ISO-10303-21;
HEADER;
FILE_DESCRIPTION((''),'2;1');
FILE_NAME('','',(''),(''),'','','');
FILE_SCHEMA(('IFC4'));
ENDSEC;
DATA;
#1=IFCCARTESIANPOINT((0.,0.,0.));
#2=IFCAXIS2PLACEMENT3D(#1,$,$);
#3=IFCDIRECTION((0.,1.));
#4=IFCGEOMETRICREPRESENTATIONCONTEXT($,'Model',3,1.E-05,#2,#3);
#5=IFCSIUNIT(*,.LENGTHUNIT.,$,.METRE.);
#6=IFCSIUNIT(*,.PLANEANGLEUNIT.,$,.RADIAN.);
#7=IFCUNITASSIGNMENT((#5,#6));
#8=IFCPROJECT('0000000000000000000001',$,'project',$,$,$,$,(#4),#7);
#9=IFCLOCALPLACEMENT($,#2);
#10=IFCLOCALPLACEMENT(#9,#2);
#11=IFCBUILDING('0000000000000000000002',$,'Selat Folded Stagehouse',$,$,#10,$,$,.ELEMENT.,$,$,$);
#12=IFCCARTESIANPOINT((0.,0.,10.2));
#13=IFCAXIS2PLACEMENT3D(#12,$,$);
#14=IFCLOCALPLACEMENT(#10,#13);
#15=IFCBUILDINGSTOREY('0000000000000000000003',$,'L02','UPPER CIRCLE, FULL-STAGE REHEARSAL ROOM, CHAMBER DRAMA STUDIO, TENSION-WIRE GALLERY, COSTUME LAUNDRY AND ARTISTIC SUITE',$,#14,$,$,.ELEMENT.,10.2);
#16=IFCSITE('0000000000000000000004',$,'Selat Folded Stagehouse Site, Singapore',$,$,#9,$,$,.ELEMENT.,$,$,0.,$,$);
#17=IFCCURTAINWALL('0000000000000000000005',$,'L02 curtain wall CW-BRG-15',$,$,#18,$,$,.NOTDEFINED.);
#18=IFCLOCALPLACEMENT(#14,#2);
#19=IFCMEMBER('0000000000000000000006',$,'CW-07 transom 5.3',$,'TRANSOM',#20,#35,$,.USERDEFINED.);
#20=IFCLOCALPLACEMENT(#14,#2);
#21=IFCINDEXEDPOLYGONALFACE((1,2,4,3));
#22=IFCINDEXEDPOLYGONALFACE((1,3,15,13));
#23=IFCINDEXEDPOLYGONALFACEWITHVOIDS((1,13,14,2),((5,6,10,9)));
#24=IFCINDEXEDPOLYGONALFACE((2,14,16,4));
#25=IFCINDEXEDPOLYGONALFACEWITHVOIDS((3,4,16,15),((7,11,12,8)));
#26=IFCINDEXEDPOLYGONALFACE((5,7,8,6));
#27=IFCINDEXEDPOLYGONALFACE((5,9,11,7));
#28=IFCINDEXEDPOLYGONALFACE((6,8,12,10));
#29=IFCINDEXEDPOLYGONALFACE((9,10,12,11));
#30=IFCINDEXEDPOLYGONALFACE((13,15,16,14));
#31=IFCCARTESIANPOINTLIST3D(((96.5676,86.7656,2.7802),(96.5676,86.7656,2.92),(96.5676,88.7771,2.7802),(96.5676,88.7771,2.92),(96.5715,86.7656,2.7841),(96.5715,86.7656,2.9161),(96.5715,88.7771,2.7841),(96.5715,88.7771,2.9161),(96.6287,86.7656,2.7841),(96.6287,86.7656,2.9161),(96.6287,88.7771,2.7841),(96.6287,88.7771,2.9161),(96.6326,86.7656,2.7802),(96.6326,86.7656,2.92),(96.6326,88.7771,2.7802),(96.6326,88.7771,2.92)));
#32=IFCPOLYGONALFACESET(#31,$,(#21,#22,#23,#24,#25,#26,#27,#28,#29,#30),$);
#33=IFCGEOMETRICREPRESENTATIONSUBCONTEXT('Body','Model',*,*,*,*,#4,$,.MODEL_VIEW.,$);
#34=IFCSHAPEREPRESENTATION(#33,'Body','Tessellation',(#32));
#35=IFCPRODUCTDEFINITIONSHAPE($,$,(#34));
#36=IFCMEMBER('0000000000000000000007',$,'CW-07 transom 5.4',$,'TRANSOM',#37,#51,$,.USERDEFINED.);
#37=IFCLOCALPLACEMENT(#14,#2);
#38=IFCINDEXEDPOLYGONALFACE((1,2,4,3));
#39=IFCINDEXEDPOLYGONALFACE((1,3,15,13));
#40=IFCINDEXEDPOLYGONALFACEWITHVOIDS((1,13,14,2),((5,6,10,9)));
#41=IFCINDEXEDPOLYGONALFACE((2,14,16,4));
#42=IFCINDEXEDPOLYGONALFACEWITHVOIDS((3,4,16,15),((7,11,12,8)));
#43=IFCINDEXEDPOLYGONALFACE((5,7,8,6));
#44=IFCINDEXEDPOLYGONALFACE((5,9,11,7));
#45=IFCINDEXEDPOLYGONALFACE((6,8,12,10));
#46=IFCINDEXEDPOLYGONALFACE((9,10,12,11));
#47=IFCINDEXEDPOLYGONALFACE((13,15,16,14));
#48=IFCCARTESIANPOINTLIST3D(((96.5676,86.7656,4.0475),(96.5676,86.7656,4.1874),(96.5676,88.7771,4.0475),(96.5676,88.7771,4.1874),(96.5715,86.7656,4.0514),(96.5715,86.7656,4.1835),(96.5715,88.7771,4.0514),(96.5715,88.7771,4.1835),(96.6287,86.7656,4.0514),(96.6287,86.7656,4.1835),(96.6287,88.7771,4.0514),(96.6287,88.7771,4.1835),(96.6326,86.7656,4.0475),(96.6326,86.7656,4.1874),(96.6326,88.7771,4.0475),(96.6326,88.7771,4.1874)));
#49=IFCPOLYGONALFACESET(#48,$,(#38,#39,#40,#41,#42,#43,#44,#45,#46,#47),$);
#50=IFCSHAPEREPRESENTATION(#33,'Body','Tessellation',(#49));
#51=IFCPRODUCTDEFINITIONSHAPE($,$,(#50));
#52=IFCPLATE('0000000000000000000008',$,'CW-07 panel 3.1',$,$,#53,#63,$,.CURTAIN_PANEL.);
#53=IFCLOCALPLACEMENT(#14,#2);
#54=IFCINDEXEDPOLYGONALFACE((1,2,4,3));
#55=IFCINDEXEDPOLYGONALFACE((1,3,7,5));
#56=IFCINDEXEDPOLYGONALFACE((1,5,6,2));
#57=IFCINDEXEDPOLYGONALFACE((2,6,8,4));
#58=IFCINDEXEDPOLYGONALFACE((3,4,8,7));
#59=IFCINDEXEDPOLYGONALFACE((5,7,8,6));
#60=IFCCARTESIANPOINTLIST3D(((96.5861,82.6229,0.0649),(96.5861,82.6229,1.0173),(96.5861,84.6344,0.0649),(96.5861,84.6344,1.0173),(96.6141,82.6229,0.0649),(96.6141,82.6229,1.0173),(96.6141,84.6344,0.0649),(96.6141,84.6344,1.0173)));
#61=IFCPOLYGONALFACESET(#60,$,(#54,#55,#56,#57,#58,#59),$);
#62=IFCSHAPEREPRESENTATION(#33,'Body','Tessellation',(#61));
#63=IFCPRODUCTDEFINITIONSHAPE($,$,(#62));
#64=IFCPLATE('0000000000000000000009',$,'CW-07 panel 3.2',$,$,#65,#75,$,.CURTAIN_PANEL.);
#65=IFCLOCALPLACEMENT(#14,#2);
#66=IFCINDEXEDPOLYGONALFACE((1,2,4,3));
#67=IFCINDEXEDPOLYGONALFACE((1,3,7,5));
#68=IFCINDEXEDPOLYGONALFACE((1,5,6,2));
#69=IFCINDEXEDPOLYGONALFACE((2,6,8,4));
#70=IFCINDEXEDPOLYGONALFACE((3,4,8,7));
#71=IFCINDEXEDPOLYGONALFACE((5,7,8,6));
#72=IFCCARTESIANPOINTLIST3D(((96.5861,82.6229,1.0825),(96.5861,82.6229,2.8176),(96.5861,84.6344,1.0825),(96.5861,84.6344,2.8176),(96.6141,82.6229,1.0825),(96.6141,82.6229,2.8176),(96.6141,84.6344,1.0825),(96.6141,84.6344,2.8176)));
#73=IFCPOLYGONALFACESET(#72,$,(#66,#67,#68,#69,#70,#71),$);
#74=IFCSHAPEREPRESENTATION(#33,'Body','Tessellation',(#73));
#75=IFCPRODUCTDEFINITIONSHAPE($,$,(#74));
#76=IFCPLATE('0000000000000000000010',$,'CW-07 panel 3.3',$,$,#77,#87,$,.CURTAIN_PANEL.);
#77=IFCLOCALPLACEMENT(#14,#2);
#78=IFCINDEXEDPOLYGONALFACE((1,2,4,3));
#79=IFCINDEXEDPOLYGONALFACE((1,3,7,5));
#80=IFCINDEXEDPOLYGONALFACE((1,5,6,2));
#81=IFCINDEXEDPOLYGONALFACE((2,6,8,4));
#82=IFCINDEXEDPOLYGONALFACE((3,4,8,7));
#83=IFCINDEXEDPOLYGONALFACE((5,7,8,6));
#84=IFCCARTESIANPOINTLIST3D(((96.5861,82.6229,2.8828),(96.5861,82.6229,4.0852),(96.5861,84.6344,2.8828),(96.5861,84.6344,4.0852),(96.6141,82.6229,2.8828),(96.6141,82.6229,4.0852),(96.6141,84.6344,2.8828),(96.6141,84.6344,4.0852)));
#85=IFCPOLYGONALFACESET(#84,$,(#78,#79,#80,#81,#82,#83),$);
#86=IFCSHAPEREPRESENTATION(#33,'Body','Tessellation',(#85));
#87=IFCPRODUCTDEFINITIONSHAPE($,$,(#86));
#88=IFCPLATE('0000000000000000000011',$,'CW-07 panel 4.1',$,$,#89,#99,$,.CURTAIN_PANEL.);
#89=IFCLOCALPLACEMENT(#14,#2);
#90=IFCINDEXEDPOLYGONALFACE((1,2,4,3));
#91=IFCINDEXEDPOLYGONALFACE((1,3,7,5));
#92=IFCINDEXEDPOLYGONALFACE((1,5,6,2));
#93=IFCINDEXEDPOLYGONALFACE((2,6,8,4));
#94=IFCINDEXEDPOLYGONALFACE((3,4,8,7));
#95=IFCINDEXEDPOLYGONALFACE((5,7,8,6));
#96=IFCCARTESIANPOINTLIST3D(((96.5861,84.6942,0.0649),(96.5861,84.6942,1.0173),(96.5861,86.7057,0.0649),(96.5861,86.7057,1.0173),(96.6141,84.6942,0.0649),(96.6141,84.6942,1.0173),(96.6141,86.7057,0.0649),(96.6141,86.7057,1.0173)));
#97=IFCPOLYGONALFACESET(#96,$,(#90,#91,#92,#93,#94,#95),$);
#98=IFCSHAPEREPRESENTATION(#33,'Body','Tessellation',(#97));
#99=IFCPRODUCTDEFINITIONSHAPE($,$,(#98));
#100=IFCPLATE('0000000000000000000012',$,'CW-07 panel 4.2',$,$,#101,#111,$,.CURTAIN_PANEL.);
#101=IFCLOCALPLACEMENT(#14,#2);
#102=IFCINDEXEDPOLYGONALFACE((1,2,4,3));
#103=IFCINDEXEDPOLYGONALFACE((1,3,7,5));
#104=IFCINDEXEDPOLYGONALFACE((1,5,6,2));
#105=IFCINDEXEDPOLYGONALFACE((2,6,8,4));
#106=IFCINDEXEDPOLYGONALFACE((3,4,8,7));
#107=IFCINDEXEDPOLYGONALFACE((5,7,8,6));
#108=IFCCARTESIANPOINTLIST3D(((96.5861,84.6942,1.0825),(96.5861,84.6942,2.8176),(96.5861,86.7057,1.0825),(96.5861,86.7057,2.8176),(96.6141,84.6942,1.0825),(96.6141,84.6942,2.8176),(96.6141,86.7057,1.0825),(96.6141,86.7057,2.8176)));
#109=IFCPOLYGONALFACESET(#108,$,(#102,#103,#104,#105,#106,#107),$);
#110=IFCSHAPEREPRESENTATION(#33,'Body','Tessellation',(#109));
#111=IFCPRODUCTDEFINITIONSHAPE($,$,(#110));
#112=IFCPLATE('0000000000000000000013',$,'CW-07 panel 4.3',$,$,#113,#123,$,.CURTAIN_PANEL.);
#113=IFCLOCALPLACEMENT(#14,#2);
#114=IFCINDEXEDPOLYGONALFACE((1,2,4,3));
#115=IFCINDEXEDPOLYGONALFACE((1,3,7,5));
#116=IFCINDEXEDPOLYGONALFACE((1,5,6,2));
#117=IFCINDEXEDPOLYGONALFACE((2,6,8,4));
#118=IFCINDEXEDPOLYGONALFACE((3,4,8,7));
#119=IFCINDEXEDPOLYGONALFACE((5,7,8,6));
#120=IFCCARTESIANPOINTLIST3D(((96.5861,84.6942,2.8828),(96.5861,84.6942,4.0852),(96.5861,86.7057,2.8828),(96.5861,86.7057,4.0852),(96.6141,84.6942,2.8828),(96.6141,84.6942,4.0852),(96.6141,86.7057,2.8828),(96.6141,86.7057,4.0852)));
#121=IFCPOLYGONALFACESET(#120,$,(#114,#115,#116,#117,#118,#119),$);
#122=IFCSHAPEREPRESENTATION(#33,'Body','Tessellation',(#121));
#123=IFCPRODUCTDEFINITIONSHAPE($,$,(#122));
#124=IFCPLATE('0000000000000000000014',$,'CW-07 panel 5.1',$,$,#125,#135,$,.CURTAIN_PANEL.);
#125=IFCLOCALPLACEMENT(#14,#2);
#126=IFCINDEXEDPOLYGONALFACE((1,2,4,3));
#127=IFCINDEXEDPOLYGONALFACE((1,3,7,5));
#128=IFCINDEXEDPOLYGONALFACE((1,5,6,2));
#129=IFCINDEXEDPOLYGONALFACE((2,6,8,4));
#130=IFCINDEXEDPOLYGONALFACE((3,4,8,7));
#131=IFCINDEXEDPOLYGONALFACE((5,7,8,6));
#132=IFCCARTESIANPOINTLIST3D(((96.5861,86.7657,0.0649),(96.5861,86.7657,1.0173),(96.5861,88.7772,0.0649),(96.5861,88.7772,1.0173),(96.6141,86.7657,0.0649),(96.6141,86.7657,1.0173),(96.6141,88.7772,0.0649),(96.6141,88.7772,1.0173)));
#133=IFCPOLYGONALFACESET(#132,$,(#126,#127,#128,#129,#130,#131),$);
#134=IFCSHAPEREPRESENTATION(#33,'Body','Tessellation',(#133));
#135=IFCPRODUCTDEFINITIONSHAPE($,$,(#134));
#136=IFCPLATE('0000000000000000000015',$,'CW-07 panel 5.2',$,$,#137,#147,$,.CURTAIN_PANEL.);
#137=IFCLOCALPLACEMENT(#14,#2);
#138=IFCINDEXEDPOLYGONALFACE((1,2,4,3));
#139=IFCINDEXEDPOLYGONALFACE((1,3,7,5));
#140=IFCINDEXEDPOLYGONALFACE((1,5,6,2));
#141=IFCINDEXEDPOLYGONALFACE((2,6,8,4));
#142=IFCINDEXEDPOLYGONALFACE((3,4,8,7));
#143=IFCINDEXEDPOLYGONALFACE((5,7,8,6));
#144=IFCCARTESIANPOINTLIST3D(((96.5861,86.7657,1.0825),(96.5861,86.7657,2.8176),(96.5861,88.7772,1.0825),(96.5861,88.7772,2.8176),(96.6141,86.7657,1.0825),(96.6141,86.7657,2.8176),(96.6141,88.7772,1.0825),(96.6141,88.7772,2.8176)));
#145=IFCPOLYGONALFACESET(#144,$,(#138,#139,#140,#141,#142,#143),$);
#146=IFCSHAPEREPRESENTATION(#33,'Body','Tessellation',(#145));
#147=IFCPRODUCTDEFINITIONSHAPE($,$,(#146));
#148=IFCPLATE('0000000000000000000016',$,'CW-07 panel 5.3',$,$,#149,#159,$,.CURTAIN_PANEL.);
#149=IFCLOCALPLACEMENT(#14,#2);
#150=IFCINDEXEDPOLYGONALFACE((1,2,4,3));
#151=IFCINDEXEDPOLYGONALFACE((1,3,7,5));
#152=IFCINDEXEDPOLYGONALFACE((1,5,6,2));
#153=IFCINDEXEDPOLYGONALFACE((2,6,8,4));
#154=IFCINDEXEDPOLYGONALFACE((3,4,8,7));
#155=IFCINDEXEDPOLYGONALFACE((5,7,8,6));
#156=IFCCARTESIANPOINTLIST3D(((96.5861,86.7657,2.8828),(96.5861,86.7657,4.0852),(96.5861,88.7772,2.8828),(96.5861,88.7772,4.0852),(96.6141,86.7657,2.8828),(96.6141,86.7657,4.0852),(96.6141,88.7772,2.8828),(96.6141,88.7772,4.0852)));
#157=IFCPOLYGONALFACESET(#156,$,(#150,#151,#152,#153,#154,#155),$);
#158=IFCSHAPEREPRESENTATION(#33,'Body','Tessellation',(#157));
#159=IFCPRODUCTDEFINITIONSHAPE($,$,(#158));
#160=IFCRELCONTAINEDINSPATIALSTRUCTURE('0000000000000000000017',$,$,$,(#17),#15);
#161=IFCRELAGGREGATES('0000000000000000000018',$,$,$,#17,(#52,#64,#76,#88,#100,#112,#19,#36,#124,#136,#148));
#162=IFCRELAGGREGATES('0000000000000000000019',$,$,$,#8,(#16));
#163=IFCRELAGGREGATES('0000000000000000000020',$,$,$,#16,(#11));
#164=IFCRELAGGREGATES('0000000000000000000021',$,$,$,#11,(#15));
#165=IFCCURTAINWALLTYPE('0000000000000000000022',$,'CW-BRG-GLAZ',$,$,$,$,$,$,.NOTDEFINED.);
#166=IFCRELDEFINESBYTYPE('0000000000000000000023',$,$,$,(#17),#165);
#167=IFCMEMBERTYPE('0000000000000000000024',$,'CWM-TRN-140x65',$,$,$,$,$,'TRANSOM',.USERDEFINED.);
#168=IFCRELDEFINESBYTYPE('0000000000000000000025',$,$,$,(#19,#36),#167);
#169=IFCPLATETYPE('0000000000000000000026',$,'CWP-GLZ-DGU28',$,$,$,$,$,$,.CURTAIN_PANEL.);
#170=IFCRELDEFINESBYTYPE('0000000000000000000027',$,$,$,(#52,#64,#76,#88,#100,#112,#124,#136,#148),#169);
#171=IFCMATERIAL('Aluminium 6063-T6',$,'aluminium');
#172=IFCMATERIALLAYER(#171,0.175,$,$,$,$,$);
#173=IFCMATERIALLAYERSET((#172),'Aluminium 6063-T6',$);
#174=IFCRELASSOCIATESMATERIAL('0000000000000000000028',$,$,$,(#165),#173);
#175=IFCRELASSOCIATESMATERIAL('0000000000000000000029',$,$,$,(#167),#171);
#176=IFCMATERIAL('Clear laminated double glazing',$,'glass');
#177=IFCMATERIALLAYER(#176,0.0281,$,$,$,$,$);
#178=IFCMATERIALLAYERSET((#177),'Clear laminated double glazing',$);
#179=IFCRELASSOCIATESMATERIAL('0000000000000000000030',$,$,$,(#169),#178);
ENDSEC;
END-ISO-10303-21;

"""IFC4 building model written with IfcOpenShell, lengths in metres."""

from ifc_helpers import new_model, si_unit, direction, frame, origin, origin_2d, place, context, subcontext, project, spatial, rectangle, hollow_rectangle, extrude, material, layer, layer_set, material_profile, profile_set, type_object, element, aggregate, save


model = new_model("IFC4")

# Units and contexts
model_context = context("Model", 3, precision=1e-05, world=origin(), true_north=direction((0.0, 1.0)))
body_context = subcontext(model_context, "Body", "Model", "MODEL_VIEW")
ifc_project = project(units=[si_unit("LENGTHUNIT", "METRE"), si_unit("PLANEANGLEUNIT", "RADIAN")], contexts=[model_context])

# Site, building, storey
site_placement = place(None, origin())
site = spatial("IfcSite", under=ifc_project, at=site_placement, Name="Selat Folded Stagehouse Site, Singapore", CompositionType="ELEMENT", RefElevation=0.0)
building_placement = place(site_placement, origin())
building = spatial("IfcBuilding", under=site, at=building_placement, Name="Selat Folded Stagehouse", CompositionType="ELEMENT")
storey_placement = place(building_placement, frame((0.0, 0.0, 10.2)))
storey = spatial("IfcBuildingStorey", under=building, at=storey_placement, Name="L02", Description="UPPER CIRCLE, FULL-STAGE REHEARSAL ROOM, CHAMBER DRAMA STUDIO, TENSION-WIRE GALLERY, COSTUME LAUNDRY AND ARTISTIC SUITE", CompositionType="ELEMENT", Elevation=10.2)

# Curtain wall, members, plates
ifc_material_1 = material(Name="Aluminium 6063-T6", Category="aluminium")
ifc_layer_1 = layer(ifc_material_1, 0.175)
ifc_layer_set_1 = layer_set([ifc_layer_1], Name="Aluminium 6063-T6")
curtain_wall_type = type_object("IfcCurtainWallType", Name="CW-BRG-GLAZ", PredefinedType="NOTDEFINED", material=ifc_layer_set_1)
curtain_wall_placement = place(storey_placement, origin())
curtain_wall = element("IfcCurtainWall", 1, at=curtain_wall_placement, inside=storey, type_object=curtain_wall_type, Name="L02 curtain wall CW-BRG-15", PredefinedType="NOTDEFINED")
ifc_material_profile_1 = material_profile(ifc_material_1, hollow_rectangle(XDim=0.0649, YDim=0.1399, WallThickness=0.0039, at=origin_2d()), Name="ALU 140x65x4.0")
ifc_profile_set_1 = profile_set([ifc_material_profile_1], Name="Aluminium 6063-T6")
member_type_1 = type_object("IfcMemberType", Name="CWM-TRN-140x65", ElementType="TRANSOM", PredefinedType="USERDEFINED", material=ifc_profile_set_1)
member_1_placement = place(storey_placement, frame((96.6001, 86.7656, 2.8501), z_axis=(0.0, 1.0, 0.0), x_axis=(-1.0, 0.0, 0.0)))
member_1 = element("IfcMember", 2, at=member_1_placement, type_object=member_type_1, Name="CW-07 transom 5.3", ObjectType="TRANSOM", PredefinedType="USERDEFINED", context=body_context, shape_type="SweptSolid", body=[
    extrude(hollow_rectangle(XDim=0.0649, YDim=0.1399, WallThickness=0.0039, at=origin_2d()), origin(), (0.0, 0.0, 1.0), 2.0115),
])
member_2_placement = place(storey_placement, frame((96.6001, 86.7656, 4.1174), z_axis=(0.0, 1.0, 0.0), x_axis=(-1.0, 0.0, 0.0)))
member_2 = element("IfcMember", 3, at=member_2_placement, type_object=member_type_1, Name="CW-07 transom 5.4", ObjectType="TRANSOM", PredefinedType="USERDEFINED", context=body_context, shape_type="SweptSolid", body=[
    extrude(hollow_rectangle(XDim=0.0649, YDim=0.1399, WallThickness=0.0039, at=origin_2d()), origin(), (0.0, 0.0, 1.0), 2.0115),
])
ifc_material_2 = material(Name="Clear laminated double glazing", Category="glass")
ifc_layer_2 = layer(ifc_material_2, 0.0281)
ifc_layer_set_2 = layer_set([ifc_layer_2], Name="Clear laminated double glazing")
plate_type = type_object("IfcPlateType", Name="CWP-GLZ-DGU28", PredefinedType="CURTAIN_PANEL", material=ifc_layer_set_2)
plate_1_placement = place(storey_placement, frame((96.6001, 83.6287, 0.0649), z_axis=(0.0, 0.0, 1.0), x_axis=(0.0, 1.0, 0.0)))
plate_1 = element("IfcPlate", 4, at=plate_1_placement, type_object=plate_type, Name="CW-07 panel 3.1", PredefinedType="CURTAIN_PANEL", context=body_context, shape_type="SweptSolid", body=[
    extrude(rectangle(XDim=2.0115, YDim=0.0281, at=origin_2d()), origin(), (0.0, 0.0, 1.0), 0.9524),
])
plate_2_placement = place(storey_placement, frame((96.6001, 83.6287, 1.0825), z_axis=(0.0, 0.0, 1.0), x_axis=(0.0, 1.0, 0.0)))
plate_2 = element("IfcPlate", 5, at=plate_2_placement, type_object=plate_type, Name="CW-07 panel 3.2", PredefinedType="CURTAIN_PANEL", context=body_context, shape_type="SweptSolid", body=[
    extrude(rectangle(XDim=2.0115, YDim=0.0281, at=origin_2d()), origin(), (0.0, 0.0, 1.0), 1.7351),
])
plate_3_placement = place(storey_placement, frame((96.6001, 83.6287, 2.8828), z_axis=(0.0, 0.0, 1.0), x_axis=(0.0, 1.0, 0.0)))
plate_3 = element("IfcPlate", 6, at=plate_3_placement, type_object=plate_type, Name="CW-07 panel 3.3", PredefinedType="CURTAIN_PANEL", context=body_context, shape_type="SweptSolid", body=[
    extrude(rectangle(XDim=2.0115, YDim=0.0281, at=origin_2d()), origin(), (0.0, 0.0, 1.0), 1.2024),
])
plate_4_placement = place(storey_placement, frame((96.6001, 85.7, 0.0649), z_axis=(0.0, 0.0, 1.0), x_axis=(0.0, 1.0, 0.0)))
plate_4 = element("IfcPlate", 7, at=plate_4_placement, type_object=plate_type, Name="CW-07 panel 4.1", PredefinedType="CURTAIN_PANEL", context=body_context, shape_type="SweptSolid", body=[
    extrude(rectangle(XDim=2.0115, YDim=0.0281, at=origin_2d()), origin(), (0.0, 0.0, 1.0), 0.9524),
])
plate_5_placement = place(storey_placement, frame((96.6001, 85.7, 1.0825), z_axis=(0.0, 0.0, 1.0), x_axis=(0.0, 1.0, 0.0)))
plate_5 = element("IfcPlate", 8, at=plate_5_placement, type_object=plate_type, Name="CW-07 panel 4.2", PredefinedType="CURTAIN_PANEL", context=body_context, shape_type="SweptSolid", body=[
    extrude(rectangle(XDim=2.0115, YDim=0.0281, at=origin_2d()), origin(), (0.0, 0.0, 1.0), 1.7351),
])
plate_6_placement = place(storey_placement, frame((96.6001, 85.7, 2.8828), z_axis=(0.0, 0.0, 1.0), x_axis=(0.0, 1.0, 0.0)))
plate_6 = element("IfcPlate", 9, at=plate_6_placement, type_object=plate_type, Name="CW-07 panel 4.3", PredefinedType="CURTAIN_PANEL", context=body_context, shape_type="SweptSolid", body=[
    extrude(rectangle(XDim=2.0115, YDim=0.0281, at=origin_2d()), origin(), (0.0, 0.0, 1.0), 1.2024),
])
plate_7_placement = place(storey_placement, frame((96.6001, 87.7715, 0.0649), z_axis=(0.0, 0.0, 1.0), x_axis=(0.0, 1.0, 0.0)))
plate_7 = element("IfcPlate", 10, at=plate_7_placement, type_object=plate_type, Name="CW-07 panel 5.1", PredefinedType="CURTAIN_PANEL", context=body_context, shape_type="SweptSolid", body=[
    extrude(rectangle(XDim=2.0115, YDim=0.0281, at=origin_2d()), origin(), (0.0, 0.0, 1.0), 0.9524),
])
plate_8_placement = place(storey_placement, frame((96.6001, 87.7715, 1.0825), z_axis=(0.0, 0.0, 1.0), x_axis=(0.0, 1.0, 0.0)))
plate_8 = element("IfcPlate", 11, at=plate_8_placement, type_object=plate_type, Name="CW-07 panel 5.2", PredefinedType="CURTAIN_PANEL", context=body_context, shape_type="SweptSolid", body=[
    extrude(rectangle(XDim=2.0115, YDim=0.0281, at=origin_2d()), origin(), (0.0, 0.0, 1.0), 1.7351),
])
plate_9_placement = place(storey_placement, frame((96.6001, 87.7715, 2.8828), z_axis=(0.0, 0.0, 1.0), x_axis=(0.0, 1.0, 0.0)))
plate_9 = element("IfcPlate", 12, at=plate_9_placement, type_object=plate_type, Name="CW-07 panel 5.3", PredefinedType="CURTAIN_PANEL", context=body_context, shape_type="SweptSolid", body=[
    extrude(rectangle(XDim=2.0115, YDim=0.0281, at=origin_2d()), origin(), (0.0, 0.0, 1.0), 1.2024),
])
aggregate(curtain_wall, [plate_1, plate_2, plate_3, plate_4, plate_5, plate_6, member_1, member_2, plate_7, plate_8, plate_9])

save(model, "model.ifc")
